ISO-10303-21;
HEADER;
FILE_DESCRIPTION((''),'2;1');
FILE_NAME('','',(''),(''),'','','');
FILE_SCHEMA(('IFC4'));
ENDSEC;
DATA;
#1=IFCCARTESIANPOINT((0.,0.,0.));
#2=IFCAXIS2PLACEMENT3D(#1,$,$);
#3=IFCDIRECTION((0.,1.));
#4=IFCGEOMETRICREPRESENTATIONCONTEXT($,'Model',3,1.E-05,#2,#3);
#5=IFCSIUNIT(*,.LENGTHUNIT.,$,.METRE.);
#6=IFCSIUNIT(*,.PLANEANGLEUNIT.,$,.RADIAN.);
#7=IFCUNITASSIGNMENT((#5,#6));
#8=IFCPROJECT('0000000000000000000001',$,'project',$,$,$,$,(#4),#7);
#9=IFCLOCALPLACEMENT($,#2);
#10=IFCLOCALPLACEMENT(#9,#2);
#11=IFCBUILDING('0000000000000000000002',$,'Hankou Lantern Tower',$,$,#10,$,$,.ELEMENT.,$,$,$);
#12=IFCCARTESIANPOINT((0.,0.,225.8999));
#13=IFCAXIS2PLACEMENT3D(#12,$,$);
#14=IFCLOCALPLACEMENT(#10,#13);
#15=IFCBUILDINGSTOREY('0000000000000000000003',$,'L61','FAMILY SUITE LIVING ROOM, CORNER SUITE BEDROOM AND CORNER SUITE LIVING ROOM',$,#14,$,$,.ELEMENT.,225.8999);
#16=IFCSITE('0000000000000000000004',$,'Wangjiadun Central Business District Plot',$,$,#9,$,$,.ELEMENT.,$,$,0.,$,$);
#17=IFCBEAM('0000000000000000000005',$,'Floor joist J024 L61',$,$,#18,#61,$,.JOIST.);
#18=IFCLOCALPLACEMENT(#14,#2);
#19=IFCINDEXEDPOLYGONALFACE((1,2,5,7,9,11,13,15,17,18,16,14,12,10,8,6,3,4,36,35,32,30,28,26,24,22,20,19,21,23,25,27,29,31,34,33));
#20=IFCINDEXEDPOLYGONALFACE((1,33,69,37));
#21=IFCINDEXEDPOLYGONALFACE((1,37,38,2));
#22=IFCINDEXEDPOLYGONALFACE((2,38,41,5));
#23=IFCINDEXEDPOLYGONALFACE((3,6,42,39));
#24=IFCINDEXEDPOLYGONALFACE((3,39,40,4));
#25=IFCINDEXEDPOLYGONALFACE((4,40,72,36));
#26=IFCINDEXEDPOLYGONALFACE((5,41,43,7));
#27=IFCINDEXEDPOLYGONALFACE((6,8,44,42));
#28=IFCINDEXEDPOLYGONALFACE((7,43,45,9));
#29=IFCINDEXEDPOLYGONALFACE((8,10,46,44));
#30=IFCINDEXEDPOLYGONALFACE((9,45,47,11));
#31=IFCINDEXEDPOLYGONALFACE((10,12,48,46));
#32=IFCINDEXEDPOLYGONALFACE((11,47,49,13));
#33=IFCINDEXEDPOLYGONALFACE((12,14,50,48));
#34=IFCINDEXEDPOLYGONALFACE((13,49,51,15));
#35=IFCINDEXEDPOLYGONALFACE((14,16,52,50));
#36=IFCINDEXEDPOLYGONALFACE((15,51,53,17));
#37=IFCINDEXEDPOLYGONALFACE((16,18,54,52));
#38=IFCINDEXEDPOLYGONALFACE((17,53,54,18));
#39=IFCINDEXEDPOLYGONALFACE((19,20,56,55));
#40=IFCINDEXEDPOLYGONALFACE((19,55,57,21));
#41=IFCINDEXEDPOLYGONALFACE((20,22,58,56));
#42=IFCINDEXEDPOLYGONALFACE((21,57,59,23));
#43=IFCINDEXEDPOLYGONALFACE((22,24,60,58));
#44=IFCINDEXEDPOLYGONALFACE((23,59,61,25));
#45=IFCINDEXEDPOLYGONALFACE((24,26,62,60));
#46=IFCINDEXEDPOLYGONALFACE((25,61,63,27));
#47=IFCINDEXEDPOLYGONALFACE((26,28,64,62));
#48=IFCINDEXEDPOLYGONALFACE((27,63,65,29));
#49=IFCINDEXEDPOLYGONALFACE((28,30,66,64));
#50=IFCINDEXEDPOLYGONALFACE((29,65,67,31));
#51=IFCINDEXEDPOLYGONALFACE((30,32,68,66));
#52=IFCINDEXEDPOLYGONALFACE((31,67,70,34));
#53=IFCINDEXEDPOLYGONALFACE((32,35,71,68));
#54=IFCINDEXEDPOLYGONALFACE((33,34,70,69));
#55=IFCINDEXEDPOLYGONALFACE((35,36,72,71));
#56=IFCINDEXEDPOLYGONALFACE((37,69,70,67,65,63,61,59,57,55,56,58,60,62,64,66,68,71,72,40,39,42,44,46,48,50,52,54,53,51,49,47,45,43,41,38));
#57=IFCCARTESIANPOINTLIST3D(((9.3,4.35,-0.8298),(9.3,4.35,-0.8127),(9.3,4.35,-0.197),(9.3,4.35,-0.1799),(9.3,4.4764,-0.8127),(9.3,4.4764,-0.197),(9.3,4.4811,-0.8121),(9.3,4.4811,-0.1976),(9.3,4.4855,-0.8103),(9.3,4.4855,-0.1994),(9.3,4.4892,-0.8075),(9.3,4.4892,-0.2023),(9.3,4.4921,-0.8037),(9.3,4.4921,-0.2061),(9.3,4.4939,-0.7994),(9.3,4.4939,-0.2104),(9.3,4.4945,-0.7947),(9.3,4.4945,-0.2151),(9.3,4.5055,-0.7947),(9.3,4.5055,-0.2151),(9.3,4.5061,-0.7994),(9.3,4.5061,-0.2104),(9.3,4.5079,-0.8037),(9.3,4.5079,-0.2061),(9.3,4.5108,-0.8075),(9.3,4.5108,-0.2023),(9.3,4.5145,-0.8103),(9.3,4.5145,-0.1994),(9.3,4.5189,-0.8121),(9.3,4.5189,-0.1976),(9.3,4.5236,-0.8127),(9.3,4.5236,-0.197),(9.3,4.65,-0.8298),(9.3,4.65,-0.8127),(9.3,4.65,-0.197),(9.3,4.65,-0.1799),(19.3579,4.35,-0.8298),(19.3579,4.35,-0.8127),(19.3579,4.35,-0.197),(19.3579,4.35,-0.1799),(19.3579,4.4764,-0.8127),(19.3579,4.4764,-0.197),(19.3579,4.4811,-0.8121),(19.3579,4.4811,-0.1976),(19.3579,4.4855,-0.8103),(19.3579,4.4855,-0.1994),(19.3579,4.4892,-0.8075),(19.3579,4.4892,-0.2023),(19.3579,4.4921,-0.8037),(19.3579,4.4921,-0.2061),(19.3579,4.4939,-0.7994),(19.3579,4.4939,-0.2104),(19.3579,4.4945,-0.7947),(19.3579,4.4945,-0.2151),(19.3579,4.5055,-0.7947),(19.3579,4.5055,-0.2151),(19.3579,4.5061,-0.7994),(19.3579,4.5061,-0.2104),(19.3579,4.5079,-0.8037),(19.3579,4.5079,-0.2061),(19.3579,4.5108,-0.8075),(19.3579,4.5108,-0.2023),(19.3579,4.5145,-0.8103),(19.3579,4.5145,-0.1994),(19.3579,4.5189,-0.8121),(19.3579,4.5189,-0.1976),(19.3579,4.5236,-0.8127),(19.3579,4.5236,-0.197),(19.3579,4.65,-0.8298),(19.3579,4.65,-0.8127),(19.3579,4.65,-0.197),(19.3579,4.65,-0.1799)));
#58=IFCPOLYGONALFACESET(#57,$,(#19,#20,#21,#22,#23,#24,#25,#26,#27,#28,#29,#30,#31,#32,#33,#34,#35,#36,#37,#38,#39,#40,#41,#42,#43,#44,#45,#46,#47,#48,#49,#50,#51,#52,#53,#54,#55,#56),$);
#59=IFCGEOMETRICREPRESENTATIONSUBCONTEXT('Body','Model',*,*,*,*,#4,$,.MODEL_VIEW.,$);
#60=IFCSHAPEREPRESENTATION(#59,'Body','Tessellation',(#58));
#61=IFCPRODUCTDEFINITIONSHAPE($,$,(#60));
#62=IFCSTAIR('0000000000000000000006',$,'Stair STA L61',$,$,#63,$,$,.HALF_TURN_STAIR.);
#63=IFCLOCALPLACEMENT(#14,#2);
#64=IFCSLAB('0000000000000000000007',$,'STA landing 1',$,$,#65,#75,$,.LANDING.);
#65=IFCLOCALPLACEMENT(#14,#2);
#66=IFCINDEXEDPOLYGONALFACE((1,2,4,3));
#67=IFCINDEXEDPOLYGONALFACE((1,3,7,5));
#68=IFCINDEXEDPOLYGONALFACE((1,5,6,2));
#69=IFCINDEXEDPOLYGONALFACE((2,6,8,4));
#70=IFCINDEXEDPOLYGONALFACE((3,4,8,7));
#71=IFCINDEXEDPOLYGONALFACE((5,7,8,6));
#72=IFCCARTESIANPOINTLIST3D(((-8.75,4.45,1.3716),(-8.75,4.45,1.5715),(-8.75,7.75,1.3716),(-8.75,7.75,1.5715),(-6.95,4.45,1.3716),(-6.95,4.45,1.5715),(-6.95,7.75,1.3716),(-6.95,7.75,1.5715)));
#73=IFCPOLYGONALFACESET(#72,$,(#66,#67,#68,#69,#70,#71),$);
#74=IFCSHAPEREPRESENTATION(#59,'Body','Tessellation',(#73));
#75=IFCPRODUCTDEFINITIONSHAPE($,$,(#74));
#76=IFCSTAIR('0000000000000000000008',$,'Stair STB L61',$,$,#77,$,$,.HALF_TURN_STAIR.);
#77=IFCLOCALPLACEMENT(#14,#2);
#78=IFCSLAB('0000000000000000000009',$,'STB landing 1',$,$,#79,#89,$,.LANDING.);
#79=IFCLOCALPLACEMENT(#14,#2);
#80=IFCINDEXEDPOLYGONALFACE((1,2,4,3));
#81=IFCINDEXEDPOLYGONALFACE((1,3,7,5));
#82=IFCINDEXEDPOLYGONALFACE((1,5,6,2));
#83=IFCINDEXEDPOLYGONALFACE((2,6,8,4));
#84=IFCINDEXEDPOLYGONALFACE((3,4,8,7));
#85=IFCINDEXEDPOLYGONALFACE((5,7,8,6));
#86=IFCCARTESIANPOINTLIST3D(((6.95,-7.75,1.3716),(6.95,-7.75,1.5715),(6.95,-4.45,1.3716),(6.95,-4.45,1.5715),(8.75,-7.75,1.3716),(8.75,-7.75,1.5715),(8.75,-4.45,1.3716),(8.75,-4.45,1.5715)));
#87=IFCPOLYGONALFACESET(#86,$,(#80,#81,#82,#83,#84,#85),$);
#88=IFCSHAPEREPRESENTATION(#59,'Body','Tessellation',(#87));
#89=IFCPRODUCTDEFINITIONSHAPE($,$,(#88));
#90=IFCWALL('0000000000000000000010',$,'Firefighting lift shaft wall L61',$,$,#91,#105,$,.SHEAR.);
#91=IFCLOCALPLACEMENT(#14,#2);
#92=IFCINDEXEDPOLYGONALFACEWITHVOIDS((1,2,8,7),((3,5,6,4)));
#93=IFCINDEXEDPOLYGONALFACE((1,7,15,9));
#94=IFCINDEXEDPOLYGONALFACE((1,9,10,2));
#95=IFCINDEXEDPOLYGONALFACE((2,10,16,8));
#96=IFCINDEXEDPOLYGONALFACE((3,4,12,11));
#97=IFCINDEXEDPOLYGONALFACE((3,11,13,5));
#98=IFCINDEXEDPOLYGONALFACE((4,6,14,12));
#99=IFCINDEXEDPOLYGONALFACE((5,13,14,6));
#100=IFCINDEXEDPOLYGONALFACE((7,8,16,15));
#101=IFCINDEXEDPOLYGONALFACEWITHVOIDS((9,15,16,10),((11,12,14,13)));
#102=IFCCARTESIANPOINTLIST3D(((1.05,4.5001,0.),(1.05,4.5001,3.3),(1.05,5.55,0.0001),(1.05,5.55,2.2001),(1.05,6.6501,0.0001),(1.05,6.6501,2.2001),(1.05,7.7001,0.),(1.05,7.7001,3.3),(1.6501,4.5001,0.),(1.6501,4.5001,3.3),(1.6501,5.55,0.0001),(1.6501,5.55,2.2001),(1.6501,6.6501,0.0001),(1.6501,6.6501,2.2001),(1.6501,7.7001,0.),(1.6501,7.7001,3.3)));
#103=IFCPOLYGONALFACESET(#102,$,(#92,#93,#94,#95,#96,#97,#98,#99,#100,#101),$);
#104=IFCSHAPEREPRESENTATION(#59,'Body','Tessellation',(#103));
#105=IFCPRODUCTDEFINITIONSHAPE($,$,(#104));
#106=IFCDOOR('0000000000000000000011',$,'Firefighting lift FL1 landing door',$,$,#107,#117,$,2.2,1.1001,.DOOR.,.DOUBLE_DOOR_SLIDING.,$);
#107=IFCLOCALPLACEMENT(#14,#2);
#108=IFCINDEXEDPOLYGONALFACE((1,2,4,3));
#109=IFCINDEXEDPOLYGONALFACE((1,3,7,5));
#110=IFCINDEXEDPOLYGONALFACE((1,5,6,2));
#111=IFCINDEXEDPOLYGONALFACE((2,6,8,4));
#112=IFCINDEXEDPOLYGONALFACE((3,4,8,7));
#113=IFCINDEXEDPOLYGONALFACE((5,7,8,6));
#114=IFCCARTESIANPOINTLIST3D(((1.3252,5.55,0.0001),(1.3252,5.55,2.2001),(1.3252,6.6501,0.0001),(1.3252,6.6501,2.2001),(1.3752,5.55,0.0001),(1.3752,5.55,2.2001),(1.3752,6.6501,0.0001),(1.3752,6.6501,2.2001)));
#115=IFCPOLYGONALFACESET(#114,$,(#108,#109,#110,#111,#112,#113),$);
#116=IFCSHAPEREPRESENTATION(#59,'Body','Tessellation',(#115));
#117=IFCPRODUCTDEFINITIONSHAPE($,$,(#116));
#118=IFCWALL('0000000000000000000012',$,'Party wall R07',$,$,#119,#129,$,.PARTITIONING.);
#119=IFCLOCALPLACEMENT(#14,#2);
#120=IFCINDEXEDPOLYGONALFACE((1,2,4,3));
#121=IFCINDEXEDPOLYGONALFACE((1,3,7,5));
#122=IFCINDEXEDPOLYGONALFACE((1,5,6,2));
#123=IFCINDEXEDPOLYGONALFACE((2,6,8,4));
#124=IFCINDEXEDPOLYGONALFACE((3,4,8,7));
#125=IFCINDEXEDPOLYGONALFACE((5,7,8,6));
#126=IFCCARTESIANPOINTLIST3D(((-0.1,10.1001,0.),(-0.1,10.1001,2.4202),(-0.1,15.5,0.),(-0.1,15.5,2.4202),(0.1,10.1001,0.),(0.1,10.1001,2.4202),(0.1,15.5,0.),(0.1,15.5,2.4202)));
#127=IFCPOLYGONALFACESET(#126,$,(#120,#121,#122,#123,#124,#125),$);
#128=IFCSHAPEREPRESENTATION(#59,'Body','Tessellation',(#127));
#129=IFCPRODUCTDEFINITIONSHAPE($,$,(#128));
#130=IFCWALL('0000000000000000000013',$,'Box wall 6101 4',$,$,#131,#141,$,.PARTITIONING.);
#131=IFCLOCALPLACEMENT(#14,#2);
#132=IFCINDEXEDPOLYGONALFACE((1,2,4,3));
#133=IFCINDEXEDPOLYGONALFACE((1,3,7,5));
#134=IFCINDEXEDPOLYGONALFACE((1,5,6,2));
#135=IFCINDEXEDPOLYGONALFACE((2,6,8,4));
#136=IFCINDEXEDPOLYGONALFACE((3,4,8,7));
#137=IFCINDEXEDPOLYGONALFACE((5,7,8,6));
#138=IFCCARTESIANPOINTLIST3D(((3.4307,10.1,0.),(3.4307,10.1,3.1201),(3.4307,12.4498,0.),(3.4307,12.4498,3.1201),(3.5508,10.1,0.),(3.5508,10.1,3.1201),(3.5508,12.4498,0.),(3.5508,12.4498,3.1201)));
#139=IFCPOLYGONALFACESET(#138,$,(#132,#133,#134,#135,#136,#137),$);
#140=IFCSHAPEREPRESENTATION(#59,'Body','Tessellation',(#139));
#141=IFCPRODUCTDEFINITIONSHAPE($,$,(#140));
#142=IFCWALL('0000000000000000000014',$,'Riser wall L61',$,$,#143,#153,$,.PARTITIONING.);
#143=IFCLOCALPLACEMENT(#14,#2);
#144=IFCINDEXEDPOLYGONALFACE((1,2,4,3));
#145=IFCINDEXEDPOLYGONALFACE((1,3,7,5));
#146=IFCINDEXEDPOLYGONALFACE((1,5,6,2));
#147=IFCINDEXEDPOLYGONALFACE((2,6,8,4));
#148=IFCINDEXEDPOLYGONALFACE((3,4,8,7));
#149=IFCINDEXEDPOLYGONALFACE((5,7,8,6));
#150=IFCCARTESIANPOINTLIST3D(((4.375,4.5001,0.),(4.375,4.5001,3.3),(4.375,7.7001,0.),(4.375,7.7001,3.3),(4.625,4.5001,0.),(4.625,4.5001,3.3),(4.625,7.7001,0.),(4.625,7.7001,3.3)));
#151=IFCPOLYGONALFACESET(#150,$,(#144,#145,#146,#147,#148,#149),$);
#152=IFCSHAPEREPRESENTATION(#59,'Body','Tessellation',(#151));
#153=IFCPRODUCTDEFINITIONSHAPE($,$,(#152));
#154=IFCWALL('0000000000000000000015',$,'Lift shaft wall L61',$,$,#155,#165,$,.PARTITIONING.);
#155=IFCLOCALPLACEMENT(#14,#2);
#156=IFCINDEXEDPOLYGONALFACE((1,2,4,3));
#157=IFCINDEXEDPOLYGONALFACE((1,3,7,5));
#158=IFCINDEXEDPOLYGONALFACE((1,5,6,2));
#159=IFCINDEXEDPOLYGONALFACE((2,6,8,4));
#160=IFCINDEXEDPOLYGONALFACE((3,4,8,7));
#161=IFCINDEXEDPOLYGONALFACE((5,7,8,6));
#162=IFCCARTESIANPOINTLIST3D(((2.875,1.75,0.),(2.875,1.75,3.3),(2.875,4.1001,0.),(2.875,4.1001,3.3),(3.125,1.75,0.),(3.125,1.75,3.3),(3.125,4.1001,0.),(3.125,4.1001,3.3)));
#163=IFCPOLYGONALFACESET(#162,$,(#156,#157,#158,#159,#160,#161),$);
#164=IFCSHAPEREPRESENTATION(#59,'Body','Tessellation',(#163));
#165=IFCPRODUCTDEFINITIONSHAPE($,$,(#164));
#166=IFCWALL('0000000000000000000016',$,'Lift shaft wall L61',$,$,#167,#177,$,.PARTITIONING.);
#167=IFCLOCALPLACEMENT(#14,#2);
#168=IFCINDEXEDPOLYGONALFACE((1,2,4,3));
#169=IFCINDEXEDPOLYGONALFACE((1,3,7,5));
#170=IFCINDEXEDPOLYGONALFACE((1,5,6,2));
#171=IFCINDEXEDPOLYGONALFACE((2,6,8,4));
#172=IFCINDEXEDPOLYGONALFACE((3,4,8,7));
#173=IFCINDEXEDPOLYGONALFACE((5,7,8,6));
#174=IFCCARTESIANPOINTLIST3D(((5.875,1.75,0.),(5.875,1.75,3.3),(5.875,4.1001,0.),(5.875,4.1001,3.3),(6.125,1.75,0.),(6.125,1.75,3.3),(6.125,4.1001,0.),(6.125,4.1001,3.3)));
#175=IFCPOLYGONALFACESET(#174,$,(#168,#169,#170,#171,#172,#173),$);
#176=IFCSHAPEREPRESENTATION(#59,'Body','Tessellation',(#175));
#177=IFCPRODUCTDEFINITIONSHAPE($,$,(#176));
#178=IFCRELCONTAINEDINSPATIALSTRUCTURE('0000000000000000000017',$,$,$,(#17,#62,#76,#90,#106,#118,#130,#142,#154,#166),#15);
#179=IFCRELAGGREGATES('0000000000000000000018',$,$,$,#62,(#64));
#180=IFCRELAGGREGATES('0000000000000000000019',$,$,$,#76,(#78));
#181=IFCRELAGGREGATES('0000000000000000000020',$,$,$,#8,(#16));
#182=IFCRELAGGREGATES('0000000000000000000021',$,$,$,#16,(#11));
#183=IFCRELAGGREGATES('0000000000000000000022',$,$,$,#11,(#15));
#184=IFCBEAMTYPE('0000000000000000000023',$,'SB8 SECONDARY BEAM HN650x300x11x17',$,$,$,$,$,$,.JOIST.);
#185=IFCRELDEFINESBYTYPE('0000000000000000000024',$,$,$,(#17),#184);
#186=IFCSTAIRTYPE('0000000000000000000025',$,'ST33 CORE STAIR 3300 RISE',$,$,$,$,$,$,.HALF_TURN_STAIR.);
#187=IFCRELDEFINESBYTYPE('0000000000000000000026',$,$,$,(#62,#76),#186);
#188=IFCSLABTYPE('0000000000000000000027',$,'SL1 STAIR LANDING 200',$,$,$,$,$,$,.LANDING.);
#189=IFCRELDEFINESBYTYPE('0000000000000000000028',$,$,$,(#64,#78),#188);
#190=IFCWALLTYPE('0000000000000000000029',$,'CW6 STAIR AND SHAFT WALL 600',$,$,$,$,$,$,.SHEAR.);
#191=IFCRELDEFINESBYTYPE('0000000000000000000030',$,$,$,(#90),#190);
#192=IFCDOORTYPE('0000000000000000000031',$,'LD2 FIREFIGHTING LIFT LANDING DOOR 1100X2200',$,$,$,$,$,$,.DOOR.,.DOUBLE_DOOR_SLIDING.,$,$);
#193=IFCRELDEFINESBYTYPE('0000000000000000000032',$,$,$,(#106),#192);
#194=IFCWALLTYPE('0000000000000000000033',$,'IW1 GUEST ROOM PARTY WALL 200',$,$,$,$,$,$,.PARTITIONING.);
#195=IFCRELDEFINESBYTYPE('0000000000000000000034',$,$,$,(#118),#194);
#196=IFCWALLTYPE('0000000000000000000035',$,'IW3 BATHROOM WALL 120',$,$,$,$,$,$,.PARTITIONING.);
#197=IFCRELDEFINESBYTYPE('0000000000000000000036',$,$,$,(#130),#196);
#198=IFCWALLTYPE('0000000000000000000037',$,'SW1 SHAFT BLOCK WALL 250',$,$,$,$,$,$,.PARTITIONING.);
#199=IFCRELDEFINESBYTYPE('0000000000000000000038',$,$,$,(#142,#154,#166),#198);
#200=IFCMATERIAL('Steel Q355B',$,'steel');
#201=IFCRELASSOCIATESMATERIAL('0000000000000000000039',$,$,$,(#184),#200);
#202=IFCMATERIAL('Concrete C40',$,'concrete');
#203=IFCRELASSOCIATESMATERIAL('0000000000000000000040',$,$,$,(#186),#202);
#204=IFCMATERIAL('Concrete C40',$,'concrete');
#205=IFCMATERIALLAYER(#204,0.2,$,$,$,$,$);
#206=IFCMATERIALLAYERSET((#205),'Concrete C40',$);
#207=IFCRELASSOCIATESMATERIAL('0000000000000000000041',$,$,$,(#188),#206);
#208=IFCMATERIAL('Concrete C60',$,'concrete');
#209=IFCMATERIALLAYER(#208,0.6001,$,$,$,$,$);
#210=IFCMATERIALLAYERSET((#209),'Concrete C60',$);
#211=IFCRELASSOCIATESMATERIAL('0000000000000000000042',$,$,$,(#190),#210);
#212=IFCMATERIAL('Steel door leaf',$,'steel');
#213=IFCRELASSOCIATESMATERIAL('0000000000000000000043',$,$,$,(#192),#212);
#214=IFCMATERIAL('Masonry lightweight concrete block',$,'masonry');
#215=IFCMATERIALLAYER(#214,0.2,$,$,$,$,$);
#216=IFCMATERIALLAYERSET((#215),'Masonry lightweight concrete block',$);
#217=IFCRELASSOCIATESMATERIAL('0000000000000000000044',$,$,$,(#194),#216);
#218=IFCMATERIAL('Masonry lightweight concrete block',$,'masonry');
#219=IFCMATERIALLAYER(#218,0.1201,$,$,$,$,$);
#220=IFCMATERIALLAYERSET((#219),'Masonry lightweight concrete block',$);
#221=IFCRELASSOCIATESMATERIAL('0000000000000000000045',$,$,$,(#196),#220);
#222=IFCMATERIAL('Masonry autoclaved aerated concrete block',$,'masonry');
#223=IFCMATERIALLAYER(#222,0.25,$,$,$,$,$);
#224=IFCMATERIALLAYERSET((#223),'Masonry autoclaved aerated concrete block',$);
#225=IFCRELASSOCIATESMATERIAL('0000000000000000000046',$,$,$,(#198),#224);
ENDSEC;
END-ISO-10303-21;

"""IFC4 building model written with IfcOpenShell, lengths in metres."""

from ifc_helpers import new_model, si_unit, direction, frame, frame_2d, origin, origin_2d, place, context, subcontext, project, spatial, polyline, rectangle, i_section, outline, extrude, material, layer, layer_set, material_profile, profile_set, type_object, element, fill, aggregate, save


model = new_model("IFC4")

# Units and contexts
model_context = context("Model", 3, precision=1e-05, world=origin(), true_north=direction((0.0, 1.0)))
body_context = subcontext(model_context, "Body", "Model", "MODEL_VIEW")
ifc_project = project(units=[si_unit("LENGTHUNIT", "METRE"), si_unit("PLANEANGLEUNIT", "RADIAN")], contexts=[model_context])

# Site, building, storey
site_placement = place(None, origin())
site = spatial("IfcSite", under=ifc_project, at=site_placement, Name="Wangjiadun Central Business District Plot", CompositionType="ELEMENT", RefElevation=0.0)
building_placement = place(site_placement, origin())
building = spatial("IfcBuilding", under=site, at=building_placement, Name="Hankou Lantern Tower", CompositionType="ELEMENT")
storey_placement = place(building_placement, frame((0.0, 0.0, 225.8999)))
storey = spatial("IfcBuildingStorey", under=building, at=storey_placement, Name="L61", Description="FAMILY SUITE LIVING ROOM, CORNER SUITE BEDROOM AND CORNER SUITE LIVING ROOM", CompositionType="ELEMENT", Elevation=225.8999)

# Beam
ifc_material_1 = material(Name="Steel Q355B", Category="steel")
ifc_material_profile_1 = material_profile(ifc_material_1, i_section(OverallWidth=0.3, OverallDepth=0.6499, WebThickness=0.011, FlangeThickness=0.0171, FilletRadius=0.0181, at=origin_2d()), Name="HN650x300x11x17")
ifc_profile_set_1 = profile_set([ifc_material_profile_1], Name="Steel Q355B")
beam_type_1 = type_object("IfcBeamType", Name="SB8 SECONDARY BEAM HN650x300x11x17", PredefinedType="JOIST", material=ifc_profile_set_1)
beam_1_placement = place(storey_placement, frame((9.3, 4.5, -0.5049), z_axis=(1.0, 0.0, 0.0), x_axis=(0.0, 1.0, 0.0)))
element("IfcBeam", 1, at=beam_1_placement, inside=storey, type_object=beam_type_1, Name="Floor joist J024 L61", PredefinedType="JOIST", context=body_context, shape_type="SweptSolid", body=[
    extrude(i_section(OverallWidth=0.3, OverallDepth=0.6499, WebThickness=0.011, FlangeThickness=0.0171, FilletRadius=0.0181, at=origin_2d()), origin(), (0.0, 0.0, 1.0), 10.0579),
])

# Stairs, slabs
ifc_material_2 = material(Name="Concrete C40", Category="concrete")
stair_type = type_object("IfcStairType", Name="ST33 CORE STAIR 3300 RISE", PredefinedType="HALF_TURN_STAIR", material=ifc_material_2)
stair_1_placement = place(storey_placement, origin())
stair_1 = element("IfcStair", 2, at=stair_1_placement, inside=storey, type_object=stair_type, Name="Stair STA L61", PredefinedType="HALF_TURN_STAIR")
ifc_material_3 = material(Name="Concrete C40", Category="concrete")
ifc_layer_1 = layer(ifc_material_3, 0.2)
ifc_layer_set_1 = layer_set([ifc_layer_1], Name="Concrete C40")
slab_type = type_object("IfcSlabType", Name="SL1 STAIR LANDING 200", PredefinedType="LANDING", material=ifc_layer_set_1)
slab_1_placement = place(storey_placement, frame((0.0, 0.0, 1.3716)))
slab_1 = element("IfcSlab", 3, at=slab_1_placement, type_object=slab_type, Name="STA landing 1", PredefinedType="LANDING", context=body_context, shape_type="SweptSolid", body=[
    extrude(outline(polyline([(-8.75, 4.45), (-6.95, 4.45), (-6.95, 7.75), (-8.75, 7.75), (-8.75, 4.45)])), origin(), (0.0, 0.0, 1.0), 0.2),
])
aggregate(stair_1, [slab_1])
stair_2_placement = place(storey_placement, origin())
stair_2 = element("IfcStair", 4, at=stair_2_placement, inside=storey, type_object=stair_type, Name="Stair STB L61", PredefinedType="HALF_TURN_STAIR")
slab_2_placement = place(storey_placement, frame((0.0, 0.0, 1.3716)))
slab_2 = element("IfcSlab", 5, at=slab_2_placement, type_object=slab_type, Name="STB landing 1", PredefinedType="LANDING", context=body_context, shape_type="SweptSolid", body=[
    extrude(outline(polyline([(8.75, -4.45), (6.95, -4.45), (6.95, -7.75), (8.75, -7.75), (8.75, -4.45)])), origin(), (0.0, 0.0, 1.0), 0.2),
])
aggregate(stair_2, [slab_2])

# Wall, opening, door
ifc_material_4 = material(Name="Concrete C60", Category="concrete")
ifc_layer_2 = layer(ifc_material_4, 0.6001)
ifc_layer_set_2 = layer_set([ifc_layer_2], Name="Concrete C60")
wall_type_1 = type_object("IfcWallType", Name="CW6 STAIR AND SHAFT WALL 600", PredefinedType="SHEAR", material=ifc_layer_set_2)
wall_1_placement = place(storey_placement, frame((1.3501, 4.5, 0.0), z_axis=(0.0, 0.0, 1.0), x_axis=(0.0, 1.0, 0.0)))
wall_1 = element("IfcWall", 6, at=wall_1_placement, inside=storey, type_object=wall_type_1, Name="Firefighting lift shaft wall L61", PredefinedType="SHEAR", context=body_context, shape_type="SweptSolid", body=[
    extrude(rectangle(XDim=3.2, YDim=0.6001, at=frame_2d((1.6001, 0.0))), origin(), (0.0, 0.0, 1.0), 3.3),
])
opening_placement = place(wall_1_placement, frame((1.05, 0.0, 0.0)))
opening = element("IfcOpeningElement", 7, at=opening_placement, cuts=wall_1, PredefinedType="OPENING", context=body_context, shape_type="SweptSolid", body=[
    extrude(rectangle(XDim=1.1001, YDim=2.2, at=frame_2d((0.55, 1.1001))), frame((0.0, 0.3101, 0.0), z_axis=(0.0, -1.0, 0.0), x_axis=(1.0, 0.0, 0.0)), (0.0, 0.0, 1.0), 0.6201),
])
ifc_material_5 = material(Name="Steel door leaf", Category="steel")
door_type = type_object("IfcDoorType", Name="LD2 FIREFIGHTING LIFT LANDING DOOR 1100X2200", OperationType="DOUBLE_DOOR_SLIDING", PredefinedType="DOOR", material=ifc_material_5)
door_placement = place(opening_placement, origin())
door = element("IfcDoor", 8, at=door_placement, inside=storey, type_object=door_type, Name="Firefighting lift FL1 landing door", OperationType="DOUBLE_DOOR_SLIDING", OverallHeight=2.2, OverallWidth=1.1001, PredefinedType="DOOR", context=body_context, shape_type="SweptSolid", body=[
    extrude(rectangle(XDim=1.1001, YDim=2.2, at=frame_2d((0.55, 1.1001))), frame((0.0, 0.0249, 0.0), z_axis=(0.0, -1.0, 0.0), x_axis=(1.0, 0.0, 0.0)), (0.0, 0.0, 1.0), 0.05),
])
fill(opening, door)

# Walls
ifc_material_6 = material(Name="Masonry lightweight concrete block", Category="masonry")
ifc_layer_3 = layer(ifc_material_6, 0.2)
ifc_layer_set_3 = layer_set([ifc_layer_3], Name="Masonry lightweight concrete block")
wall_type_2 = type_object("IfcWallType", Name="IW1 GUEST ROOM PARTY WALL 200", PredefinedType="PARTITIONING", material=ifc_layer_set_3)
wall_2_placement = place(storey_placement, frame((0.0, 10.1001, 0.0), z_axis=(0.0, 0.0, 1.0), x_axis=(0.0, 1.0, 0.0)))
element("IfcWall", 9, at=wall_2_placement, inside=storey, type_object=wall_type_2, Name="Party wall R07", PredefinedType="PARTITIONING", context=body_context, shape_type="SweptSolid", body=[
    extrude(rectangle(XDim=5.3999, YDim=0.2, at=frame_2d((2.7, 0.0))), origin(), (0.0, 0.0, 1.0), 2.4202),
])
ifc_material_7 = material(Name="Masonry lightweight concrete block", Category="masonry")
ifc_layer_4 = layer(ifc_material_7, 0.1201)
ifc_layer_set_4 = layer_set([ifc_layer_4], Name="Masonry lightweight concrete block")
wall_type_3 = type_object("IfcWallType", Name="IW3 BATHROOM WALL 120", PredefinedType="PARTITIONING", material=ifc_layer_set_4)
wall_3_placement = place(storey_placement, frame((3.4907, 10.1001, 0.0), z_axis=(0.0, 0.0, 1.0), x_axis=(0.0, 1.0, 0.0)))
element("IfcWall", 10, at=wall_3_placement, inside=storey, type_object=wall_type_3, Name="Box wall 6101 4", PredefinedType="PARTITIONING", context=body_context, shape_type="SweptSolid", body=[
    extrude(rectangle(XDim=2.3499, YDim=0.1201, at=frame_2d((1.1748, 0.0))), origin(), (0.0, 0.0, 1.0), 3.1201),
])
ifc_material_8 = material(Name="Masonry autoclaved aerated concrete block", Category="masonry")
ifc_layer_5 = layer(ifc_material_8, 0.25)
ifc_layer_set_5 = layer_set([ifc_layer_5], Name="Masonry autoclaved aerated concrete block")
wall_type_4 = type_object("IfcWallType", Name="SW1 SHAFT BLOCK WALL 250", PredefinedType="PARTITIONING", material=ifc_layer_set_5)
wall_4_placement = place(storey_placement, frame((4.5, 4.5, 0.0), z_axis=(0.0, 0.0, 1.0), x_axis=(0.0, 1.0, 0.0)))
element("IfcWall", 11, at=wall_4_placement, inside=storey, type_object=wall_type_4, Name="Riser wall L61", PredefinedType="PARTITIONING", context=body_context, shape_type="SweptSolid", body=[
    extrude(rectangle(XDim=3.2, YDim=0.25, at=frame_2d((1.6001, 0.0))), origin(), (0.0, 0.0, 1.0), 3.3),
])
for number, where, z_axis, x_axis, name in (
    (12, (3.0, 1.75, 0.0), (0.0, 0.0, 1.0), (0.0, 1.0, 0.0), "Lift shaft wall L61"),
    (13, (6.0, 1.75, 0.0), (0.0, 0.0, 1.0), (0.0, 1.0, 0.0), "Lift shaft wall L61"),
):
    element("IfcWall", number, at=place(storey_placement, frame(where, z_axis=z_axis, x_axis=x_axis)), inside=storey, type_object=wall_type_4, Name=name, PredefinedType="PARTITIONING", context=body_context, shape_type="SweptSolid", body=[
        extrude(rectangle(XDim=2.3501, YDim=0.25, at=frame_2d((1.175, 0.0))), origin(), (0.0, 0.0, 1.0), 3.3),
    ])

save(model, "model.ifc")
